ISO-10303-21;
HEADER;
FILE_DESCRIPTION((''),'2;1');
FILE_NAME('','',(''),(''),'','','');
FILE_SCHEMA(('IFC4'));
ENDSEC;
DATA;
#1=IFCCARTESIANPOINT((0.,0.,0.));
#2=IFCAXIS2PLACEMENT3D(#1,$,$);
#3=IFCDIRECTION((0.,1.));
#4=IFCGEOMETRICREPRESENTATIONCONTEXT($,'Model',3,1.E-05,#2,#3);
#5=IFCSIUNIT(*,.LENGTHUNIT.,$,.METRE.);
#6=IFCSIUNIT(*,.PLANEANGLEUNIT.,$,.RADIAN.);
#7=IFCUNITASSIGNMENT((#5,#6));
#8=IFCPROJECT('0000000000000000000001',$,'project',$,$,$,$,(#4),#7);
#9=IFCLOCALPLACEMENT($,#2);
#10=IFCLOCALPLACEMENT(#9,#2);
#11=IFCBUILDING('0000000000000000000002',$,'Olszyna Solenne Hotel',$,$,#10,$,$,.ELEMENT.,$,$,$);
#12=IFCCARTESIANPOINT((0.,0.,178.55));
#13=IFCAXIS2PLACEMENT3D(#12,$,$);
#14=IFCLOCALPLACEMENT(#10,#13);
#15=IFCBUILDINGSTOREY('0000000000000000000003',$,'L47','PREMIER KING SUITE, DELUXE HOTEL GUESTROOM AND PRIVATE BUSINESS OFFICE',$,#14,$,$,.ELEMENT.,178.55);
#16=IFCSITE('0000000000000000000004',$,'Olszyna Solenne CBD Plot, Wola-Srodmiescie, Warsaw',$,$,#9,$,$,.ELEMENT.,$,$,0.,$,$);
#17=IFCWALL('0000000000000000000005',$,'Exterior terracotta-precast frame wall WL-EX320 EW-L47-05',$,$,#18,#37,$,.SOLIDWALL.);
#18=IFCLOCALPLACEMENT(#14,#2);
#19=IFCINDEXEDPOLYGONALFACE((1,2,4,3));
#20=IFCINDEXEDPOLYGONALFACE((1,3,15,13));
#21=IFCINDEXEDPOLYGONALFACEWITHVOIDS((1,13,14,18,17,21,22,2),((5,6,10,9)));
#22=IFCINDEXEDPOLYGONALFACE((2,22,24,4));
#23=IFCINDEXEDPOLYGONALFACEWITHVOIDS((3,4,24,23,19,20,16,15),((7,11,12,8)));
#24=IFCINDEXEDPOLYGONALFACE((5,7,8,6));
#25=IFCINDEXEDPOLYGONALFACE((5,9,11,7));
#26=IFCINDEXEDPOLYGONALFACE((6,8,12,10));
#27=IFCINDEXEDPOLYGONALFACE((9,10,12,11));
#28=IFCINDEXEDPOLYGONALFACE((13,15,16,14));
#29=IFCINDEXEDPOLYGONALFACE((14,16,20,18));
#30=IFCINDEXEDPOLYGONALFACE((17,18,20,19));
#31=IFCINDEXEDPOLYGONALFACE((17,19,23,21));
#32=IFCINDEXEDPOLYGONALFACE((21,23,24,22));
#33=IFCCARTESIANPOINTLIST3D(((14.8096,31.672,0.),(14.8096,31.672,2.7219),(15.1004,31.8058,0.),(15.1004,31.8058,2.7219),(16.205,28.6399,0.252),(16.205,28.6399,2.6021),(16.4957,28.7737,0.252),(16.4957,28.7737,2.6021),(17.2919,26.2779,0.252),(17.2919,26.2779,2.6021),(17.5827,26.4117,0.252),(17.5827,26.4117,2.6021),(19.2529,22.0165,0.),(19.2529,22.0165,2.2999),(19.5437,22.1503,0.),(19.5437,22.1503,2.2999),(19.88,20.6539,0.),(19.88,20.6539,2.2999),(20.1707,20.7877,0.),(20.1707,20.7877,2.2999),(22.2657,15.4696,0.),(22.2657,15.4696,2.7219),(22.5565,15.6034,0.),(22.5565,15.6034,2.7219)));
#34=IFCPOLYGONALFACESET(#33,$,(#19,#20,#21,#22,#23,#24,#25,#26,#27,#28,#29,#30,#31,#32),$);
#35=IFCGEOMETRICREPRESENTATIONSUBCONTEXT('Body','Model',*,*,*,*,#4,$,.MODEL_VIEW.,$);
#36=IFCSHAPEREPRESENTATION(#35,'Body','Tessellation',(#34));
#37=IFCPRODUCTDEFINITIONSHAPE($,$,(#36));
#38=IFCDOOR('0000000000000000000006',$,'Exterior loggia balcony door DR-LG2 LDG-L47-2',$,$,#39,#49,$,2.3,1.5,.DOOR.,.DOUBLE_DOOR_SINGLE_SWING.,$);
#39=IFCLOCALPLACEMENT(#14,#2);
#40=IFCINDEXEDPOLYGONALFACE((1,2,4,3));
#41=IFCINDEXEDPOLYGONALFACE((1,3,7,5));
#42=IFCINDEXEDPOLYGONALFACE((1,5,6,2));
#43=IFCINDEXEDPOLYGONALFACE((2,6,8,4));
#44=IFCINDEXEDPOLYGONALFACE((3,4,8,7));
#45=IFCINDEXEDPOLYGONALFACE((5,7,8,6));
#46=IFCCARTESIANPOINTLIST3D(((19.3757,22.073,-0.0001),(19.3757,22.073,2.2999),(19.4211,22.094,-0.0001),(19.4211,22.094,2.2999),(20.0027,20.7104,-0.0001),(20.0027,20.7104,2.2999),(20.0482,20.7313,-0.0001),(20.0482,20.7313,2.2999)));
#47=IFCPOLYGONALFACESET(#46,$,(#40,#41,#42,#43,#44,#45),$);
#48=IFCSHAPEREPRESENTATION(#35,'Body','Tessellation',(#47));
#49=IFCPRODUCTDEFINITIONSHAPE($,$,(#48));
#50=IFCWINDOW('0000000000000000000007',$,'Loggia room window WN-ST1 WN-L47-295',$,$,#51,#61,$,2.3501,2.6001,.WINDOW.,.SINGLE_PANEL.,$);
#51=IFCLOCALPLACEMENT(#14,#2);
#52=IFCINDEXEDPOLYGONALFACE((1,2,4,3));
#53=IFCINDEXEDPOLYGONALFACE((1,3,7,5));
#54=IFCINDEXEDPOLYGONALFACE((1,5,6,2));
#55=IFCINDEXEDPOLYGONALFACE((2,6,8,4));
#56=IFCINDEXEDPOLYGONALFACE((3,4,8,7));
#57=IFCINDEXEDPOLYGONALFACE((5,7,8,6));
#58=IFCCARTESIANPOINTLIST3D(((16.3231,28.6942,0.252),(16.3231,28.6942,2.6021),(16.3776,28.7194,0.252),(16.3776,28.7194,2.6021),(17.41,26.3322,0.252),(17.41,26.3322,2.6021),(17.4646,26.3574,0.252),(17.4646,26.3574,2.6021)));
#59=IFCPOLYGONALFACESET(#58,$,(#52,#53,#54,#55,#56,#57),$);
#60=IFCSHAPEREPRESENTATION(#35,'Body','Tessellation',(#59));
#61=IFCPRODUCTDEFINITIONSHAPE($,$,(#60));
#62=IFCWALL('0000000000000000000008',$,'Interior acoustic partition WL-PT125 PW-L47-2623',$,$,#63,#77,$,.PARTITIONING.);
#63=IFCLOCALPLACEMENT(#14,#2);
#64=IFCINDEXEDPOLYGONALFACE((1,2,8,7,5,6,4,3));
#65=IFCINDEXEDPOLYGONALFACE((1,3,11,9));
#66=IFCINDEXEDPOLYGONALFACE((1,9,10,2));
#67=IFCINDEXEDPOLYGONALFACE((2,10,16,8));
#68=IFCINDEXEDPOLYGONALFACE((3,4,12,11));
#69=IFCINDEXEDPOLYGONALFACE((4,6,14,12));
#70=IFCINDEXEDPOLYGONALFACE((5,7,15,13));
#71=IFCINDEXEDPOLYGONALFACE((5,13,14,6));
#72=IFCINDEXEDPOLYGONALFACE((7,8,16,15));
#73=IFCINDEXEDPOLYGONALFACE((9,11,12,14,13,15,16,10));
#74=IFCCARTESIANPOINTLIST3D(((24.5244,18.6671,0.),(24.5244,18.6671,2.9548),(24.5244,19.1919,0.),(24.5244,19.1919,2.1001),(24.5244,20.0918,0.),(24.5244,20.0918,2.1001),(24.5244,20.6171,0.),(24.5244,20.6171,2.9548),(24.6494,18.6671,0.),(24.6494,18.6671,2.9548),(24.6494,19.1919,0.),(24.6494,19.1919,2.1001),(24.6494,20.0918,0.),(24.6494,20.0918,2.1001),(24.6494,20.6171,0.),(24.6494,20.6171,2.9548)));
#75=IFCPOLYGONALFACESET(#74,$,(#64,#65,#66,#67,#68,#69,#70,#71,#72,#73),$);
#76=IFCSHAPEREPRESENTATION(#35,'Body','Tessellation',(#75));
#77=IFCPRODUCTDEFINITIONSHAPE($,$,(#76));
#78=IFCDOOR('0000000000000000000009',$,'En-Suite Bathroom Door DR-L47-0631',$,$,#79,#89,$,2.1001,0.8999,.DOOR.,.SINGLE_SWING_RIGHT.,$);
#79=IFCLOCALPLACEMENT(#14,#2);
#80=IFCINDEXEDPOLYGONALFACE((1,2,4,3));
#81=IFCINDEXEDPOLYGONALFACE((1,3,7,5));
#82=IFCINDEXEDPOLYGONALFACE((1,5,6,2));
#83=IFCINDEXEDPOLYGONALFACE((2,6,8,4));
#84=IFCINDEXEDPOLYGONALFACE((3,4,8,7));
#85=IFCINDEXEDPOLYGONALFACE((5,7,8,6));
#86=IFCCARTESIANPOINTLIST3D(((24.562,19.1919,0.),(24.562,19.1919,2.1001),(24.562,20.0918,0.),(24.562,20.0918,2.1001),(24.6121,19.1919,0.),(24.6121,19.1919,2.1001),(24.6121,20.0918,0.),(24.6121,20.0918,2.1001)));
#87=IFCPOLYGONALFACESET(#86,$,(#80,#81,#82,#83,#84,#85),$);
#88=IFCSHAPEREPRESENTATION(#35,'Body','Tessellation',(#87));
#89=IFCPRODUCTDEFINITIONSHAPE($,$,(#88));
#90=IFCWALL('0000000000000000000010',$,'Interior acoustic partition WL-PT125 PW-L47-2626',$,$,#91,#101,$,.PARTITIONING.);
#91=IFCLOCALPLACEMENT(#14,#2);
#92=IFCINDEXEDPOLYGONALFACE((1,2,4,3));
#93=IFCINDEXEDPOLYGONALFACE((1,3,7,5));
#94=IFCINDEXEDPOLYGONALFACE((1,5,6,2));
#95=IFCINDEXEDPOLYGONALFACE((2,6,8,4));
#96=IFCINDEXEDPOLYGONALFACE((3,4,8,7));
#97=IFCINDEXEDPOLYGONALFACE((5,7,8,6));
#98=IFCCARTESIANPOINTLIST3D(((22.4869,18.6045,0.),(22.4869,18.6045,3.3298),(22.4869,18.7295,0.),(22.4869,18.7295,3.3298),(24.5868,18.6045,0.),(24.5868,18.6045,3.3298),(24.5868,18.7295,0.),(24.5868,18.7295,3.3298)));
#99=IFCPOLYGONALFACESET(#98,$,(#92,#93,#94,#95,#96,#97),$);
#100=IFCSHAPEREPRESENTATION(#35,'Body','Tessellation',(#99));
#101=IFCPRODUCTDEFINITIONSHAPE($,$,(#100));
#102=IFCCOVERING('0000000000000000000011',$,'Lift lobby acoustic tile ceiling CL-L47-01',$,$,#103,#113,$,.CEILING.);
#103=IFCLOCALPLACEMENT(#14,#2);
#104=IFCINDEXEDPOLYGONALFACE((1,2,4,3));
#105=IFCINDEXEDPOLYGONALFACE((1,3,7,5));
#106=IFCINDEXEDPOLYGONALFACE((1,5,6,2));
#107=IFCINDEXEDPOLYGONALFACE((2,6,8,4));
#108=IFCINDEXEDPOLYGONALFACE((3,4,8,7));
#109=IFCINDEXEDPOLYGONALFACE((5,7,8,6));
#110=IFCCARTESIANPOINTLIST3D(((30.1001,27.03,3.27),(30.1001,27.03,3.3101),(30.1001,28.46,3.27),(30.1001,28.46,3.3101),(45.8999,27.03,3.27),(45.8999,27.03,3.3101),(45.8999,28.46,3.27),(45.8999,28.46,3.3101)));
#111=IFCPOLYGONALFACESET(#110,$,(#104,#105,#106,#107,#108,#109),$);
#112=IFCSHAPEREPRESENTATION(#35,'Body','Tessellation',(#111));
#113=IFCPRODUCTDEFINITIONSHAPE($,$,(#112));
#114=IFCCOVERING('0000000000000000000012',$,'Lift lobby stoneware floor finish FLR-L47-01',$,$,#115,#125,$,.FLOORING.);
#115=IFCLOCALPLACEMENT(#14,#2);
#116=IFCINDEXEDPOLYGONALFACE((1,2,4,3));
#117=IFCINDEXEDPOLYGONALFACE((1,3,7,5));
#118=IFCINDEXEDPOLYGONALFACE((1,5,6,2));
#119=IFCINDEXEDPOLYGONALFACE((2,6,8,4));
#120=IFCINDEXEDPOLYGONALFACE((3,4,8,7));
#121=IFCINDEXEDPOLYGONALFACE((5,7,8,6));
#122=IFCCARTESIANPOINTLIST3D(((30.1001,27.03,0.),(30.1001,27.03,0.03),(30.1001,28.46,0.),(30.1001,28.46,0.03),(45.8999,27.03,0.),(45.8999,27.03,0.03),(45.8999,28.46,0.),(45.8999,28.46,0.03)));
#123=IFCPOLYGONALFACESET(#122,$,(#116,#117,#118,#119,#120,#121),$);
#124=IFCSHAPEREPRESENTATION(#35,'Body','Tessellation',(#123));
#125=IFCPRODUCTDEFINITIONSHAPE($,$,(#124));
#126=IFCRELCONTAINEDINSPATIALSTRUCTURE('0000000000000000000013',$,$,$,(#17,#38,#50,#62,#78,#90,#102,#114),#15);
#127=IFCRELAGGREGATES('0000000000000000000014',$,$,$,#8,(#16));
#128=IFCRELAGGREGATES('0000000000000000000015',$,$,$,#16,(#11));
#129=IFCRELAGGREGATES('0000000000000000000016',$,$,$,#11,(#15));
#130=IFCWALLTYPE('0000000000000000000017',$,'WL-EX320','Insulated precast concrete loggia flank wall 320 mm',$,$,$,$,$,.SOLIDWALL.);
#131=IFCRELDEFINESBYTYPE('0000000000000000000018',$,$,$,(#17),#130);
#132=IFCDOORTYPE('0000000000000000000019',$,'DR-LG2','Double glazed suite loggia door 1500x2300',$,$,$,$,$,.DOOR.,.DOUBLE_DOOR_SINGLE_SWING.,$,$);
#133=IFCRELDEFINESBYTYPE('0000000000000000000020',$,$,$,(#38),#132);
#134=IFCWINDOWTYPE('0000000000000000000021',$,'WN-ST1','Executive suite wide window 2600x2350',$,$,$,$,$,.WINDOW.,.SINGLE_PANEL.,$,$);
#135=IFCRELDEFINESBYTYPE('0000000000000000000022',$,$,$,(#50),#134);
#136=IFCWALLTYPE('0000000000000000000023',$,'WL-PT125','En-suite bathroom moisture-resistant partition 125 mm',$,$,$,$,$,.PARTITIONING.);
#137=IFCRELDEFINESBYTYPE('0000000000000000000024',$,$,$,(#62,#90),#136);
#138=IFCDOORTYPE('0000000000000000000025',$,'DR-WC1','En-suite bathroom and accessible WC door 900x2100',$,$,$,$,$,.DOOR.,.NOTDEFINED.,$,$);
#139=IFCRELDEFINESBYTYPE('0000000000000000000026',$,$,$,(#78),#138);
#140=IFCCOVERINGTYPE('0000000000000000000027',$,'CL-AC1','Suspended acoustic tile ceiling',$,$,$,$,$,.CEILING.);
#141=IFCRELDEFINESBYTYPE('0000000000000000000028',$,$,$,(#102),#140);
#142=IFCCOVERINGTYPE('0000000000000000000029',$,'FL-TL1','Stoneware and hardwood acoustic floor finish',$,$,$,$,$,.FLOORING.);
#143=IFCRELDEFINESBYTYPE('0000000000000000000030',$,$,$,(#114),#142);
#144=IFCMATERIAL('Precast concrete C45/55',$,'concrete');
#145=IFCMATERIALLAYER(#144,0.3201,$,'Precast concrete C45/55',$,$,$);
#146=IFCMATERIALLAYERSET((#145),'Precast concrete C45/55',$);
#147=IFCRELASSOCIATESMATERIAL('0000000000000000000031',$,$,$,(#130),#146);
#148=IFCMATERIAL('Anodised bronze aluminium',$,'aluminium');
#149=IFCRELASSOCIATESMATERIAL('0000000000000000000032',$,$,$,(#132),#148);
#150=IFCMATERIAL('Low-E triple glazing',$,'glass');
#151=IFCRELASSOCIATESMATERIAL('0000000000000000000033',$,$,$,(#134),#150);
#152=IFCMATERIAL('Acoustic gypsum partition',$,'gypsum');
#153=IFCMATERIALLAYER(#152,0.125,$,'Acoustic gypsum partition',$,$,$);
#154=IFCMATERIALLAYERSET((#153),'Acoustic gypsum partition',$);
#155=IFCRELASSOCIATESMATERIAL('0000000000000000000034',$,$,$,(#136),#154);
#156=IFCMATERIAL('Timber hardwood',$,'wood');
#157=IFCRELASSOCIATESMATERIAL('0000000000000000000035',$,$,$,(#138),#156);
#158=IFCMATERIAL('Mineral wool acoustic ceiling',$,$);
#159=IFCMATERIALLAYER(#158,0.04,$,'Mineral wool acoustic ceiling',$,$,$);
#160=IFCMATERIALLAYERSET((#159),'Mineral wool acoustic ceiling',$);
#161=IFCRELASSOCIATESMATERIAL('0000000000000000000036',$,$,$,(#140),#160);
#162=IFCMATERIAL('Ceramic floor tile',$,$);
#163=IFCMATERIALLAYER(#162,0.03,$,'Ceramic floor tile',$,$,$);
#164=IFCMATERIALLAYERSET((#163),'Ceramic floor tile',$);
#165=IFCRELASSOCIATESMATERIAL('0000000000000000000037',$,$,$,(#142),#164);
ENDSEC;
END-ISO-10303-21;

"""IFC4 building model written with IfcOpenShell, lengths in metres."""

from ifc_helpers import new_model, si_unit, direction, frame, frame_2d, origin, place, context, subcontext, project, spatial, polyline, rectangle, outline, extrude, source, transform, mapped, material, layer, layer_set, type_object, type_shapes, element, fill, save


model = new_model("IFC4")

# Units and contexts
model_context = context("Model", 3, precision=1e-05, world=origin(), true_north=direction((0.0, 1.0)))
body_context = subcontext(model_context, "Body", "Model", "MODEL_VIEW")
ifc_project = project(units=[si_unit("LENGTHUNIT", "METRE"), si_unit("PLANEANGLEUNIT", "RADIAN")], contexts=[model_context])

# Site, building, storey
site_placement = place(None, origin())
site = spatial("IfcSite", under=ifc_project, at=site_placement, Name="Olszyna Solenne CBD Plot, Wola-Srodmiescie, Warsaw", CompositionType="ELEMENT", RefElevation=0.0)
building_placement = place(site_placement, origin())
building = spatial("IfcBuilding", under=site, at=building_placement, Name="Olszyna Solenne Hotel", CompositionType="ELEMENT")
storey_placement = place(building_placement, frame((0.0, 0.0, 178.55)))
storey = spatial("IfcBuildingStorey", under=building, at=storey_placement, Name="L47", Description="PREMIER KING SUITE, DELUXE HOTEL GUESTROOM AND PRIVATE BUSINESS OFFICE", CompositionType="ELEMENT", Elevation=178.55)

# Shared definitions
ifc_material_1 = material(Name="Anodised bronze aluminium", Category="aluminium")

# Shared definitions
ifc_material_2 = material(Name="Precast concrete C45/55", Category="concrete")

# Shared definitions
ifc_material_3 = material(Name="Low-E triple glazing", Category="glass")

# Wall, openings, door, window
ifc_layer_1 = layer(ifc_material_2, 0.3201, Name="Precast concrete C45/55")
ifc_layer_set_1 = layer_set([ifc_layer_1], Name="Precast concrete C45/55")
wall_type_1 = type_object("IfcWallType", Name="WL-EX320", Description="Insulated precast concrete loggia flank wall 320 mm", PredefinedType="SOLIDWALL", material=ifc_layer_set_1)
wall_1_placement = place(storey_placement, frame((22.4111, 15.5364, 0.0), z_axis=(0.0, 0.0, 1.0), x_axis=(-0.418042, 0.908428, 0.0)))
wall_1 = element("IfcWall", 1, at=wall_1_placement, inside=storey, type_object=wall_type_1, Name="Exterior terracotta-precast frame wall WL-EX320 EW-L47-05", PredefinedType="SOLIDWALL", context=body_context, shape_type="SweptSolid", body=[
    extrude(rectangle(XDim=17.8357, YDim=0.3201, at=frame_2d((8.918, 0.0))), origin(), (0.0, 0.0, 1.0), 2.7219),
])
opening_1_placement = place(wall_1_placement, frame((5.707, 0.0, 0.0)))
opening_1 = element("IfcOpeningElement", 2, at=opening_1_placement, cuts=wall_1, PredefinedType="OPENING", context=body_context, shape_type="SweptSolid", body=[
    extrude(rectangle(XDim=1.5, YDim=2.3, at=frame_2d((0.75, 1.1499))), frame((0.0, 0.1699, 0.0), z_axis=(0.0, -1.0, 0.0), x_axis=(1.0, 0.0, 0.0)), (0.0, 0.0, 1.0), 0.3401),
])
opening_2_placement = place(wall_1_placement, frame((11.8979, 0.0, 0.252)))
opening_2 = element("IfcOpeningElement", 3, at=opening_2_placement, cuts=wall_1, PredefinedType="OPENING", context=body_context, shape_type="SweptSolid", body=[
    extrude(rectangle(XDim=2.6001, YDim=2.3501, at=frame_2d((1.3, 1.175))), frame((0.0, 0.1699, 0.0), z_axis=(0.0, -1.0, 0.0), x_axis=(1.0, 0.0, 0.0)), (0.0, 0.0, 1.0), 0.3401),
])
door_type_1 = type_object("IfcDoorType", Name="DR-LG2", Description="Double glazed suite loggia door 1500x2300", OperationType="DOUBLE_DOOR_SINGLE_SWING", PredefinedType="DOOR", material=ifc_material_1)
shared_shape_1 = source(origin(), body_context, "Body", "SweptSolid", [
    extrude(rectangle(XDim=1.5, YDim=2.3, at=frame_2d((0.75, 1.1499))), frame((0.0, 0.0249, 0.0), z_axis=(0.0, -1.0, 0.0), x_axis=(1.0, 0.0, 0.0)), (0.0, 0.0, 1.0), 0.05),
])
type_shapes(door_type_1, [shared_shape_1])
door_1_placement = place(opening_1_placement, origin())
door_1 = element("IfcDoor", 4, at=door_1_placement, inside=storey, type_object=door_type_1, Name="Exterior loggia balcony door DR-LG2 LDG-L47-2", OperationType="DOUBLE_DOOR_SINGLE_SWING", OverallHeight=2.3, OverallWidth=1.5, PredefinedType="DOOR", context=body_context, shape_type="MappedRepresentation", body=[
    mapped(shared_shape_1, transform((0.0, 0.0, 0.0), x_axis=(1.0, 0.0, 0.0), y_axis=(0.0, 1.0, 0.0), z_axis=(0.0, 0.0, 1.0), scale=1.0)),
])
fill(opening_1, door_1)
window_type = type_object("IfcWindowType", Name="WN-ST1", Description="Executive suite wide window 2600x2350", PartitioningType="SINGLE_PANEL", PredefinedType="WINDOW", material=ifc_material_3)
shared_shape_2 = source(origin(), body_context, "Body", "SweptSolid", [
    extrude(rectangle(XDim=2.6001, YDim=2.3501, at=frame_2d((1.3, 1.175))), frame((0.0, 0.03, 0.0), z_axis=(0.0, -1.0, 0.0), x_axis=(1.0, 0.0, 0.0)), (0.0, 0.0, 1.0), 0.0601),
])
type_shapes(window_type, [shared_shape_2])
window_placement = place(opening_2_placement, origin())
window = element("IfcWindow", 5, at=window_placement, inside=storey, type_object=window_type, Name="Loggia room window WN-ST1 WN-L47-295", OverallHeight=2.3501, OverallWidth=2.6001, PartitioningType="SINGLE_PANEL", PredefinedType="WINDOW", context=body_context, shape_type="MappedRepresentation", body=[
    mapped(shared_shape_2, transform((0.0, 0.0, 0.0), x_axis=(1.0, 0.0, 0.0), y_axis=(0.0, 1.0, 0.0), z_axis=(0.0, 0.0, 1.0), scale=1.0)),
])
fill(opening_2, window)

# Wall, opening, door
ifc_material_4 = material(Name="Acoustic gypsum partition", Category="gypsum")
ifc_layer_2 = layer(ifc_material_4, 0.125, Name="Acoustic gypsum partition")
ifc_layer_set_2 = layer_set([ifc_layer_2], Name="Acoustic gypsum partition")
wall_type_2 = type_object("IfcWallType", Name="WL-PT125", Description="En-suite bathroom moisture-resistant partition 125 mm", PredefinedType="PARTITIONING", material=ifc_layer_set_2)
wall_2_placement = place(storey_placement, frame((24.5869, 18.667, 0.0), z_axis=(0.0, 0.0, 1.0), x_axis=(0.0, 1.0, 0.0)))
wall_2 = element("IfcWall", 6, at=wall_2_placement, inside=storey, type_object=wall_type_2, Name="Interior acoustic partition WL-PT125 PW-L47-2623", PredefinedType="PARTITIONING", context=body_context, shape_type="SweptSolid", body=[
    extrude(rectangle(XDim=1.95, YDim=0.125, at=frame_2d((0.9751, 0.0))), origin(), (0.0, 0.0, 1.0), 2.9548),
])
opening_3_placement = place(wall_2_placement, frame((0.5249, 0.0, 0.0)))
opening_3 = element("IfcOpeningElement", 7, at=opening_3_placement, cuts=wall_2, PredefinedType="OPENING", context=body_context, shape_type="SweptSolid", body=[
    extrude(rectangle(XDim=0.8999, YDim=2.1001, at=frame_2d((0.45, 1.05))), frame((0.0, 0.0725, 0.0), z_axis=(0.0, -1.0, 0.0), x_axis=(1.0, 0.0, 0.0)), (0.0, 0.0, 1.0), 0.145),
])
ifc_material_5 = material(Name="Timber hardwood", Category="wood")
door_type_2 = type_object("IfcDoorType", Name="DR-WC1", Description="En-suite bathroom and accessible WC door 900x2100", OperationType="NOTDEFINED", PredefinedType="DOOR", material=ifc_material_5)
shared_shape_3 = source(origin(), body_context, "Body", "SweptSolid", [
    extrude(rectangle(XDim=0.8999, YDim=2.1001, at=frame_2d((0.45, 1.05))), frame((0.0, 0.0249, 0.0), z_axis=(0.0, -1.0, 0.0), x_axis=(1.0, 0.0, 0.0)), (0.0, 0.0, 1.0), 0.05),
])
type_shapes(door_type_2, [shared_shape_3])
door_2_placement = place(opening_3_placement, origin())
door_2 = element("IfcDoor", 8, at=door_2_placement, inside=storey, type_object=door_type_2, Name="En-Suite Bathroom Door DR-L47-0631", OperationType="SINGLE_SWING_RIGHT", OverallHeight=2.1001, OverallWidth=0.8999, PredefinedType="DOOR", context=body_context, shape_type="MappedRepresentation", body=[
    mapped(shared_shape_3, transform((0.0, 0.0, 0.0), x_axis=(1.0, 0.0, 0.0), y_axis=(0.0, 1.0, 0.0), z_axis=(0.0, 0.0, 1.0), scale=1.0)),
])
fill(opening_3, door_2)

# Wall
wall_3_placement = place(storey_placement, frame((22.4871, 18.667, 0.0), z_axis=(0.0, 0.0, 1.0), x_axis=(1.0, 0.0, 0.0)))
element("IfcWall", 9, at=wall_3_placement, inside=storey, type_object=wall_type_2, Name="Interior acoustic partition WL-PT125 PW-L47-2626", PredefinedType="PARTITIONING", context=body_context, shape_type="SweptSolid", body=[
    extrude(rectangle(XDim=2.0999, YDim=0.125, at=frame_2d((1.0498, 0.0))), origin(), (0.0, 0.0, 1.0), 3.3298),
])

# Coverings
ifc_material_6 = material(Name="Mineral wool acoustic ceiling")
ifc_layer_3 = layer(ifc_material_6, 0.04, Name="Mineral wool acoustic ceiling")
ifc_layer_set_3 = layer_set([ifc_layer_3], Name="Mineral wool acoustic ceiling")
covering_type_1 = type_object("IfcCoveringType", Name="CL-AC1", Description="Suspended acoustic tile ceiling", PredefinedType="CEILING", material=ifc_layer_set_3)
covering_1_placement = place(storey_placement, frame((0.0, 0.0, 3.27)))
element("IfcCovering", 10, at=covering_1_placement, inside=storey, type_object=covering_type_1, Name="Lift lobby acoustic tile ceiling CL-L47-01", PredefinedType="CEILING", context=body_context, shape_type="SweptSolid", body=[
    extrude(outline(polyline([(30.1001, 27.03), (45.8999, 27.03), (45.8999, 28.46), (30.1001, 28.46), (30.1001, 27.03)])), origin(), (0.0, 0.0, 1.0), 0.04),
])
ifc_material_7 = material(Name="Ceramic floor tile")
ifc_layer_4 = layer(ifc_material_7, 0.03, Name="Ceramic floor tile")
ifc_layer_set_4 = layer_set([ifc_layer_4], Name="Ceramic floor tile")
covering_type_2 = type_object("IfcCoveringType", Name="FL-TL1", Description="Stoneware and hardwood acoustic floor finish", PredefinedType="FLOORING", material=ifc_layer_set_4)
covering_2_placement = place(storey_placement, origin())
element("IfcCovering", 11, at=covering_2_placement, inside=storey, type_object=covering_type_2, Name="Lift lobby stoneware floor finish FLR-L47-01", PredefinedType="FLOORING", context=body_context, shape_type="SweptSolid", body=[
    extrude(outline(polyline([(30.1001, 27.03), (45.8999, 27.03), (45.8999, 28.46), (30.1001, 28.46), (30.1001, 27.03)])), origin(), (0.0, 0.0, 1.0), 0.03),
])

save(model, "model.ifc")
